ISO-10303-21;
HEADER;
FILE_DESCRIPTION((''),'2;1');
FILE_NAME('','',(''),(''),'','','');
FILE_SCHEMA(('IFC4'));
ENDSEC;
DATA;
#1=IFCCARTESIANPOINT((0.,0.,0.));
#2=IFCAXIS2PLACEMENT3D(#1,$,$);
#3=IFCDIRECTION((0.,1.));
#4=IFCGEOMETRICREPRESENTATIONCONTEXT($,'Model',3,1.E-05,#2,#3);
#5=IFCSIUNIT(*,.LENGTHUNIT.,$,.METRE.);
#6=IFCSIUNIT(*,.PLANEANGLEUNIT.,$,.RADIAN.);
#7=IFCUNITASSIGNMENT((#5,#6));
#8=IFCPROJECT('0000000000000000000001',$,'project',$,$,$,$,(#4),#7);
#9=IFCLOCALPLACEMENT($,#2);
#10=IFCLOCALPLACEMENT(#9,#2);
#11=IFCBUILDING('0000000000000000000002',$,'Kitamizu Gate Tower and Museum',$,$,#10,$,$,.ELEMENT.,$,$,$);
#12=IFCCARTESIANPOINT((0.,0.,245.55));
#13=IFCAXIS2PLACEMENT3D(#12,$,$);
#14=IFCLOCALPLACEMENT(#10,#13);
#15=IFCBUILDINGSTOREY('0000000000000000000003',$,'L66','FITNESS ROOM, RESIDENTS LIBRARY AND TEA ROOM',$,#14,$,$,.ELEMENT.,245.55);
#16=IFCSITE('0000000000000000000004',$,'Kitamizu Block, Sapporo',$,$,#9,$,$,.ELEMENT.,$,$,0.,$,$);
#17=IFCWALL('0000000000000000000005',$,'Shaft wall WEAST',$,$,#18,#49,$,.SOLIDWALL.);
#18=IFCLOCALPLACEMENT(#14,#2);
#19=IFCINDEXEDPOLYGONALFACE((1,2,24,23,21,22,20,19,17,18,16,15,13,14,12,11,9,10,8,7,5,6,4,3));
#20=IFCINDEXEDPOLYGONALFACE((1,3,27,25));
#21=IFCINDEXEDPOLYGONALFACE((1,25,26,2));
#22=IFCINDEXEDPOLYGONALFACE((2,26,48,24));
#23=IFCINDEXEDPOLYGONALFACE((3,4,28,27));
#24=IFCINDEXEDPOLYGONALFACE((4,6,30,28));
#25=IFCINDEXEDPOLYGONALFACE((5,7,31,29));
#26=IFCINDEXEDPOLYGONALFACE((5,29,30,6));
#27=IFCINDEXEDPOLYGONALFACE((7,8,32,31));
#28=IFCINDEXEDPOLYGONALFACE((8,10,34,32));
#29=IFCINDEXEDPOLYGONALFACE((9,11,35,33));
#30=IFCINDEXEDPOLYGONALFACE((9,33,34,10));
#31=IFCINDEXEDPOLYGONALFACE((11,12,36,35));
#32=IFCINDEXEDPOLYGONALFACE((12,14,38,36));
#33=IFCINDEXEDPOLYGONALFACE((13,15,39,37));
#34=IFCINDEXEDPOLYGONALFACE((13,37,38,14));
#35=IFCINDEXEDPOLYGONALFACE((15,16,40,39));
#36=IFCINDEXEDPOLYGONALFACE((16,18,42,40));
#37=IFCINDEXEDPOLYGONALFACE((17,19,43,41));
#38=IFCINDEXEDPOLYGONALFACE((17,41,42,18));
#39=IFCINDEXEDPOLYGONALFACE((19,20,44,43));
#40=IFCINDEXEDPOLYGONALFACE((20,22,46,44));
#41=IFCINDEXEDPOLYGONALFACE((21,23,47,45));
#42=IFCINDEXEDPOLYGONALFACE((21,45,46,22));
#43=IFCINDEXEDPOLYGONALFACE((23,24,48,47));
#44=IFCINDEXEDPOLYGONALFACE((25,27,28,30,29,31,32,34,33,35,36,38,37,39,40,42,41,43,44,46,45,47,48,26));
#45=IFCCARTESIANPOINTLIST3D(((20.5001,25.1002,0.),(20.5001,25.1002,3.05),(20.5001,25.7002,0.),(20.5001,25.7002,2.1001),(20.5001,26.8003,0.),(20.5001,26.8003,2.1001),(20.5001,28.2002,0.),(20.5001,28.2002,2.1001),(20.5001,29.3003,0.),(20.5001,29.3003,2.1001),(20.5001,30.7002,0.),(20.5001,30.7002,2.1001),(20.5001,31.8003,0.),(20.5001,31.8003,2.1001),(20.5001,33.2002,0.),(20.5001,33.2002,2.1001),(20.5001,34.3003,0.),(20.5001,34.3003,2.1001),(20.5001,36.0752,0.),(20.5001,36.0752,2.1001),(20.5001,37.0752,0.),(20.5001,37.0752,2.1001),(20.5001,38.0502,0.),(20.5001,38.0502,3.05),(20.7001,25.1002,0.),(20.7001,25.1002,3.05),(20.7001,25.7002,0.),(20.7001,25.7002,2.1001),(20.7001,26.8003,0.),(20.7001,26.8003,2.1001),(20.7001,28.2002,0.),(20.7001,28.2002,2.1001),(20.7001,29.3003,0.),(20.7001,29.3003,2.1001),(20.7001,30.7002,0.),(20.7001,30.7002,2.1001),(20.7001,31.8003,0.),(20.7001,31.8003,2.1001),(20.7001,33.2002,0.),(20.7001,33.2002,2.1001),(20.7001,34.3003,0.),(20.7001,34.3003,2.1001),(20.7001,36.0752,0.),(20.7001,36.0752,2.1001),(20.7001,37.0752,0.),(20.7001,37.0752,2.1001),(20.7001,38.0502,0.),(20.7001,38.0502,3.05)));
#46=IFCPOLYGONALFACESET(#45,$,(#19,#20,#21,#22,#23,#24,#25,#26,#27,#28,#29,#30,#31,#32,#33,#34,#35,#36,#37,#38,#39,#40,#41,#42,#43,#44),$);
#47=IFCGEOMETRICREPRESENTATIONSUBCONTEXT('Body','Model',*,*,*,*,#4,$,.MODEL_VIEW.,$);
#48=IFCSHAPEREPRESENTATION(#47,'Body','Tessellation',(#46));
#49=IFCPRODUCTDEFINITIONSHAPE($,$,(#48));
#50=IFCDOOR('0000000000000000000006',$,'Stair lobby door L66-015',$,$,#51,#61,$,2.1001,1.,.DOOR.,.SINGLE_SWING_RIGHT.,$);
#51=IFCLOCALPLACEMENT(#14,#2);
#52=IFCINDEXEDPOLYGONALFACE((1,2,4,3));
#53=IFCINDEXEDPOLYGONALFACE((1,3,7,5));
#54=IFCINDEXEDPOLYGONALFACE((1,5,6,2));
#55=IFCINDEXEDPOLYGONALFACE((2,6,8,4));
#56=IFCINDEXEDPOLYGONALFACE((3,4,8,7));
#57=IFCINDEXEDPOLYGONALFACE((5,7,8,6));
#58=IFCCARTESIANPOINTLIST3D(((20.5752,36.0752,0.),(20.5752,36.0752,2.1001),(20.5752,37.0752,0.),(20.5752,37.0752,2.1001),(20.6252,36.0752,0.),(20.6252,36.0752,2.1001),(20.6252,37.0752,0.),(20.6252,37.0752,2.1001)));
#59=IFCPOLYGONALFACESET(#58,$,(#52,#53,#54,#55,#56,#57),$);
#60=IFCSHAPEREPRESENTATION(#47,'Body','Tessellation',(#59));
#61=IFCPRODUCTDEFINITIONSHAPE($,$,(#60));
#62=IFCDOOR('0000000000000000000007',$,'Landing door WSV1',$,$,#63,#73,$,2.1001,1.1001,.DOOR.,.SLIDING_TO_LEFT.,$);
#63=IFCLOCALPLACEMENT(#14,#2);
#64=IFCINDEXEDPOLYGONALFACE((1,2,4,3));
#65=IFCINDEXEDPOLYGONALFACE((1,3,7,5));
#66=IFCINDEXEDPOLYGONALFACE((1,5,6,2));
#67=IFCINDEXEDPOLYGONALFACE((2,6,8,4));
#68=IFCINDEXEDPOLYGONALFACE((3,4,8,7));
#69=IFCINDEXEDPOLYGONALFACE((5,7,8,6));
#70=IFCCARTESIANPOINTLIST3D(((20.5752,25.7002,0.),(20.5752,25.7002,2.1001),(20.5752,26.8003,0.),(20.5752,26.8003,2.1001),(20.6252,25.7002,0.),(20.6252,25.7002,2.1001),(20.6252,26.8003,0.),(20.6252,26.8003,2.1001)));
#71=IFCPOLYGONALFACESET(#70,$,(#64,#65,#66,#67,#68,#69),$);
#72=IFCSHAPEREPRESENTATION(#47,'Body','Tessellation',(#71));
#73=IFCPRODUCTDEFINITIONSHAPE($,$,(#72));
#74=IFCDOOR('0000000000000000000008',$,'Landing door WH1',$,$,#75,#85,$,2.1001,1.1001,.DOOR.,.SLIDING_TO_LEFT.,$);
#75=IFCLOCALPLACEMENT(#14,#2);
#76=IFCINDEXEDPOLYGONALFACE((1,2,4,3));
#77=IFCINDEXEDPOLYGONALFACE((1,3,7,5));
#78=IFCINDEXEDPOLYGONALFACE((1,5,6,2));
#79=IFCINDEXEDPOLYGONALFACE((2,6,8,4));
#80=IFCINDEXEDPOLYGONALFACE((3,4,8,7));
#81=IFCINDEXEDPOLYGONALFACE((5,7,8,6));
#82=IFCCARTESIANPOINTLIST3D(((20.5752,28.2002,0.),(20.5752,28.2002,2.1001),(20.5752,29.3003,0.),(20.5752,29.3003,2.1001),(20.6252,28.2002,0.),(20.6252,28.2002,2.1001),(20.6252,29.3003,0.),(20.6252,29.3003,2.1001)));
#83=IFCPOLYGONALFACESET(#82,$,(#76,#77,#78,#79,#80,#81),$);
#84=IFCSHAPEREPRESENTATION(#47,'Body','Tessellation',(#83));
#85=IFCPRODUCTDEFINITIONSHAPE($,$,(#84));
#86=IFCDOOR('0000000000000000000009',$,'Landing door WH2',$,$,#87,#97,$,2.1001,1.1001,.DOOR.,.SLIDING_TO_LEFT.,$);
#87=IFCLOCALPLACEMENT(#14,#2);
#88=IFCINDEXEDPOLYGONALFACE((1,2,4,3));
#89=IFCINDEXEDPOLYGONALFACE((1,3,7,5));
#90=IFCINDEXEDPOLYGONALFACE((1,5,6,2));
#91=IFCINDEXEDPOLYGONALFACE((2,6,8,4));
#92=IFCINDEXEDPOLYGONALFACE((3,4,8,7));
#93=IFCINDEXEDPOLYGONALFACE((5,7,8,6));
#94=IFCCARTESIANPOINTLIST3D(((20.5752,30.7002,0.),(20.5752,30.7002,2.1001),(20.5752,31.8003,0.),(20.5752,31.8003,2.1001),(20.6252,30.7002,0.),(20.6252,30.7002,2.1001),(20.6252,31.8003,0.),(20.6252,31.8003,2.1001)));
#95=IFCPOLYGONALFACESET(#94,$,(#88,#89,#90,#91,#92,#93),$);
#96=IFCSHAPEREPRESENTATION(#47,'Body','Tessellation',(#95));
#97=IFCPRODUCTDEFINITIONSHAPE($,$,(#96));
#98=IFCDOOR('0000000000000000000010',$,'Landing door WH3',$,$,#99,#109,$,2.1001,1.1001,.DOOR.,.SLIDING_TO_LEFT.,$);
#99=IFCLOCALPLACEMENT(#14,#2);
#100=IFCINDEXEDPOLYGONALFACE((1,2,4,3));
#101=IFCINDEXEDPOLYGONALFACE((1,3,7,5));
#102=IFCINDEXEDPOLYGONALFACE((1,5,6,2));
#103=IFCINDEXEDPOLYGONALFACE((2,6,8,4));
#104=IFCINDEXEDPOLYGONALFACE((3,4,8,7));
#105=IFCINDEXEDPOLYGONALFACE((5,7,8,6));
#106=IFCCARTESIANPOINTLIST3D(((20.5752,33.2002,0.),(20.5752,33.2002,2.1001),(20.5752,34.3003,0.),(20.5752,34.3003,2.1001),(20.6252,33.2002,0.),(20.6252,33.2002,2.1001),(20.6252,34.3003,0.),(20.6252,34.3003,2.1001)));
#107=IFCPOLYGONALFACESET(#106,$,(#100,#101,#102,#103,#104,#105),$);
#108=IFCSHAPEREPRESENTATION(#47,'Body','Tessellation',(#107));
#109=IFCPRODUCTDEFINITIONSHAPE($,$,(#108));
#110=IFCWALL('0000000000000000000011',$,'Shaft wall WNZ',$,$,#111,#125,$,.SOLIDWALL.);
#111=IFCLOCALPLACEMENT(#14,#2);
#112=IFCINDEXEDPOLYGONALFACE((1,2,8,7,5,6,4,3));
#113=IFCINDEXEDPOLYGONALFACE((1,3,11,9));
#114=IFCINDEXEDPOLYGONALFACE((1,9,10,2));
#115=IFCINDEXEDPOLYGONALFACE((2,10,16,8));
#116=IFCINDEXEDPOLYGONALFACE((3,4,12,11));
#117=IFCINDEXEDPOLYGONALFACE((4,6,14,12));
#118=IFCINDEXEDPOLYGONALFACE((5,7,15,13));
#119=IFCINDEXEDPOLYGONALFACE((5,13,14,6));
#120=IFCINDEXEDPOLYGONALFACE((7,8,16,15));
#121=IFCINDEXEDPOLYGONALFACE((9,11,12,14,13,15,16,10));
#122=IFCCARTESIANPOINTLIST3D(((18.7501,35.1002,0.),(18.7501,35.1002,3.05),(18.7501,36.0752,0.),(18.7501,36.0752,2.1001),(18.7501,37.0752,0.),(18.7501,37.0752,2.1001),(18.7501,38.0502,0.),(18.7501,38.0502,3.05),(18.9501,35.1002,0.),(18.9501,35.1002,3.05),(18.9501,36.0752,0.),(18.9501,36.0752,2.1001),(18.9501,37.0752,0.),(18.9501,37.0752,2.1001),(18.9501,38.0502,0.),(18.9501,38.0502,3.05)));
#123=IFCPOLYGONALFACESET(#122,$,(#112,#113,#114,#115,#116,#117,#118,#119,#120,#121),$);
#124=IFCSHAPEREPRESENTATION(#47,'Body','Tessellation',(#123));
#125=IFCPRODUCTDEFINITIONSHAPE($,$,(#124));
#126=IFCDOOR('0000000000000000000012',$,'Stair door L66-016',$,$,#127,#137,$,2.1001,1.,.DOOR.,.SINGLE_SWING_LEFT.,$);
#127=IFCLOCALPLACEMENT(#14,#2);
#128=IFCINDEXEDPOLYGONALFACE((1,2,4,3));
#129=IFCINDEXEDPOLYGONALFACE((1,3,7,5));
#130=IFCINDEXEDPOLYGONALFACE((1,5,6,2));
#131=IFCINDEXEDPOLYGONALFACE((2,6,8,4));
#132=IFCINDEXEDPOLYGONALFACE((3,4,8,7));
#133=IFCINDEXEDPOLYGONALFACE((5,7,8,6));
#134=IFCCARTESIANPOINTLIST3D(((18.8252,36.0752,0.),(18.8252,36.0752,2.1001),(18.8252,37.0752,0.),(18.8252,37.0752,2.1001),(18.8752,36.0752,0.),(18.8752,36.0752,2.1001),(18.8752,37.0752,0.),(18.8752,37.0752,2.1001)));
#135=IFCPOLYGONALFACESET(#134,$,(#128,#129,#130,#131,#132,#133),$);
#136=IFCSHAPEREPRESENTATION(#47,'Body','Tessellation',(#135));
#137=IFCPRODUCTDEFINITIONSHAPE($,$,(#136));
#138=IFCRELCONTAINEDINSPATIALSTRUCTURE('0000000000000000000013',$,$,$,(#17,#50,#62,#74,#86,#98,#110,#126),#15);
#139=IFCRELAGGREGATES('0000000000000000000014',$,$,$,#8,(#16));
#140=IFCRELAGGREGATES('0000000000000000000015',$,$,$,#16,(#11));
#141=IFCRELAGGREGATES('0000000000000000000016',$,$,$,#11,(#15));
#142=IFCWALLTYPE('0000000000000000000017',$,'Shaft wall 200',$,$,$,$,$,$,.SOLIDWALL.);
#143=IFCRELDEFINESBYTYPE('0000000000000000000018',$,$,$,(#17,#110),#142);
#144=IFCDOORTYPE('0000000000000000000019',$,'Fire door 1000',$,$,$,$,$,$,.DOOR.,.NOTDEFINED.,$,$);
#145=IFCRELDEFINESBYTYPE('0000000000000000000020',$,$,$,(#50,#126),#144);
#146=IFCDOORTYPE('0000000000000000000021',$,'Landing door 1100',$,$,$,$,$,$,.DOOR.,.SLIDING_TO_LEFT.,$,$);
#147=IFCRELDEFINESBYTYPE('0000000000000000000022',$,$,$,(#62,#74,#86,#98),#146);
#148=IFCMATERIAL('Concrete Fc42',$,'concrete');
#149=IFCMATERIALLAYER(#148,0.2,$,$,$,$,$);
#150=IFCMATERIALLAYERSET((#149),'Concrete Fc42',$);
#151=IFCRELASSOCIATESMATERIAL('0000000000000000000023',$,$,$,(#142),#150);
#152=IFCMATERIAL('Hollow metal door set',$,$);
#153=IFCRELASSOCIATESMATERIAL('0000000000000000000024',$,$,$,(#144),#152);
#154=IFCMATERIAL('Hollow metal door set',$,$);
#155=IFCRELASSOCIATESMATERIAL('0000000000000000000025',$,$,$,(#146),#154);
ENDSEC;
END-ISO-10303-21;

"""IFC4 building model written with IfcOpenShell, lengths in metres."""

from ifc_helpers import new_model, si_unit, direction, frame, frame_2d, origin, place, context, subcontext, project, spatial, rectangle, extrude, material, layer, layer_set, type_object, element, fill, save


model = new_model("IFC4")

# Units and contexts
model_context = context("Model", 3, precision=1e-05, world=origin(), true_north=direction((0.0, 1.0)))
body_context = subcontext(model_context, "Body", "Model", "MODEL_VIEW")
ifc_project = project(units=[si_unit("LENGTHUNIT", "METRE"), si_unit("PLANEANGLEUNIT", "RADIAN")], contexts=[model_context])

# Site, building, storey
site_placement = place(None, origin())
site = spatial("IfcSite", under=ifc_project, at=site_placement, Name="Kitamizu Block, Sapporo", CompositionType="ELEMENT", RefElevation=0.0)
building_placement = place(site_placement, origin())
building = spatial("IfcBuilding", under=site, at=building_placement, Name="Kitamizu Gate Tower and Museum", CompositionType="ELEMENT")
storey_placement = place(building_placement, frame((0.0, 0.0, 245.55)))
storey = spatial("IfcBuildingStorey", under=building, at=storey_placement, Name="L66", Description="FITNESS ROOM, RESIDENTS LIBRARY AND TEA ROOM", CompositionType="ELEMENT", Elevation=245.55)

# Wall, openings, doors
ifc_material_1 = material(Name="Concrete Fc42", Category="concrete")
ifc_layer_1 = layer(ifc_material_1, 0.2)
ifc_layer_set_1 = layer_set([ifc_layer_1], Name="Concrete Fc42")
wall_type_1 = type_object("IfcWallType", Name="Shaft wall 200", PredefinedType="SOLIDWALL", material=ifc_layer_set_1)
wall_1_placement = place(storey_placement, frame((20.6001, 25.1001, 0.0), z_axis=(0.0, 0.0, 1.0), x_axis=(0.0, 1.0, 0.0)))
wall_1 = element("IfcWall", 1, at=wall_1_placement, inside=storey, type_object=wall_type_1, Name="Shaft wall WEAST", PredefinedType="SOLIDWALL", context=body_context, shape_type="SweptSolid", body=[
    extrude(rectangle(XDim=12.95, YDim=0.2, at=frame_2d((6.4751, 0.0))), origin(), (0.0, 0.0, 1.0), 3.05),
])
opening_1_placement = place(wall_1_placement, frame((0.6001, 0.0, 0.0)))
opening_1 = element("IfcOpeningElement", 2, at=opening_1_placement, cuts=wall_1, PredefinedType="OPENING", context=body_context, shape_type="SweptSolid", body=[
    extrude(rectangle(XDim=1.1001, YDim=2.1001, at=frame_2d((0.55, 1.05))), frame((0.0, 0.1099, 0.0), z_axis=(0.0, -1.0, 0.0), x_axis=(1.0, 0.0, 0.0)), (0.0, 0.0, 1.0), 0.22),
])
opening_2_placement = place(wall_1_placement, frame((3.1001, 0.0, 0.0)))
opening_2 = element("IfcOpeningElement", 3, at=opening_2_placement, cuts=wall_1, PredefinedType="OPENING", context=body_context, shape_type="SweptSolid", body=[
    extrude(rectangle(XDim=1.1001, YDim=2.1001, at=frame_2d((0.55, 1.05))), frame((0.0, 0.1099, 0.0), z_axis=(0.0, -1.0, 0.0), x_axis=(1.0, 0.0, 0.0)), (0.0, 0.0, 1.0), 0.22),
])
opening_3_placement = place(wall_1_placement, frame((5.6001, 0.0, 0.0)))
opening_3 = element("IfcOpeningElement", 4, at=opening_3_placement, cuts=wall_1, PredefinedType="OPENING", context=body_context, shape_type="SweptSolid", body=[
    extrude(rectangle(XDim=1.1001, YDim=2.1001, at=frame_2d((0.55, 1.05))), frame((0.0, 0.1099, 0.0), z_axis=(0.0, -1.0, 0.0), x_axis=(1.0, 0.0, 0.0)), (0.0, 0.0, 1.0), 0.22),
])
opening_4_placement = place(wall_1_placement, frame((8.1001, 0.0, 0.0)))
opening_4 = element("IfcOpeningElement", 5, at=opening_4_placement, cuts=wall_1, PredefinedType="OPENING", context=body_context, shape_type="SweptSolid", body=[
    extrude(rectangle(XDim=1.1001, YDim=2.1001, at=frame_2d((0.55, 1.05))), frame((0.0, 0.1099, 0.0), z_axis=(0.0, -1.0, 0.0), x_axis=(1.0, 0.0, 0.0)), (0.0, 0.0, 1.0), 0.22),
])
opening_5_placement = place(wall_1_placement, frame((10.9751, 0.0, 0.0)))
opening_5 = element("IfcOpeningElement", 6, at=opening_5_placement, cuts=wall_1, PredefinedType="OPENING", context=body_context, shape_type="SweptSolid", body=[
    extrude(rectangle(XDim=1.0, YDim=2.1001, at=frame_2d((0.5, 1.05))), frame((0.0, 0.1099, 0.0), z_axis=(0.0, -1.0, 0.0), x_axis=(1.0, 0.0, 0.0)), (0.0, 0.0, 1.0), 0.22),
])
ifc_material_2 = material(Name="Hollow metal door set")
door_type_1 = type_object("IfcDoorType", Name="Fire door 1000", OperationType="NOTDEFINED", PredefinedType="DOOR", material=ifc_material_2)
door_1_placement = place(opening_5_placement, origin())
door_1 = element("IfcDoor", 7, at=door_1_placement, inside=storey, type_object=door_type_1, Name="Stair lobby door L66-015", OperationType="SINGLE_SWING_RIGHT", OverallHeight=2.1001, OverallWidth=1.0, PredefinedType="DOOR", context=body_context, shape_type="SweptSolid", body=[
    extrude(rectangle(XDim=1.0, YDim=2.1001, at=frame_2d((0.5, 1.05))), frame((0.0, 0.0249, 0.0), z_axis=(0.0, -1.0, 0.0), x_axis=(1.0, 0.0, 0.0)), (0.0, 0.0, 1.0), 0.05),
])
fill(opening_5, door_1)
ifc_material_3 = material(Name="Hollow metal door set")
door_type_2 = type_object("IfcDoorType", Name="Landing door 1100", OperationType="SLIDING_TO_LEFT", PredefinedType="DOOR", material=ifc_material_3)
door_2_placement = place(opening_1_placement, origin())
door_2 = element("IfcDoor", 8, at=door_2_placement, inside=storey, type_object=door_type_2, Name="Landing door WSV1", OperationType="SLIDING_TO_LEFT", OverallHeight=2.1001, OverallWidth=1.1001, PredefinedType="DOOR", context=body_context, shape_type="SweptSolid", body=[
    extrude(rectangle(XDim=1.1001, YDim=2.1001, at=frame_2d((0.55, 1.05))), frame((0.0, 0.0249, 0.0), z_axis=(0.0, -1.0, 0.0), x_axis=(1.0, 0.0, 0.0)), (0.0, 0.0, 1.0), 0.05),
])
fill(opening_1, door_2)
door_3_placement = place(opening_2_placement, origin())
door_3 = element("IfcDoor", 9, at=door_3_placement, inside=storey, type_object=door_type_2, Name="Landing door WH1", OperationType="SLIDING_TO_LEFT", OverallHeight=2.1001, OverallWidth=1.1001, PredefinedType="DOOR", context=body_context, shape_type="SweptSolid", body=[
    extrude(rectangle(XDim=1.1001, YDim=2.1001, at=frame_2d((0.55, 1.05))), frame((0.0, 0.0249, 0.0), z_axis=(0.0, -1.0, 0.0), x_axis=(1.0, 0.0, 0.0)), (0.0, 0.0, 1.0), 0.05),
])
fill(opening_2, door_3)
door_4_placement = place(opening_3_placement, origin())
door_4 = element("IfcDoor", 10, at=door_4_placement, inside=storey, type_object=door_type_2, Name="Landing door WH2", OperationType="SLIDING_TO_LEFT", OverallHeight=2.1001, OverallWidth=1.1001, PredefinedType="DOOR", context=body_context, shape_type="SweptSolid", body=[
    extrude(rectangle(XDim=1.1001, YDim=2.1001, at=frame_2d((0.55, 1.05))), frame((0.0, 0.0249, 0.0), z_axis=(0.0, -1.0, 0.0), x_axis=(1.0, 0.0, 0.0)), (0.0, 0.0, 1.0), 0.05),
])
fill(opening_3, door_4)
door_5_placement = place(opening_4_placement, origin())
door_5 = element("IfcDoor", 11, at=door_5_placement, inside=storey, type_object=door_type_2, Name="Landing door WH3", OperationType="SLIDING_TO_LEFT", OverallHeight=2.1001, OverallWidth=1.1001, PredefinedType="DOOR", context=body_context, shape_type="SweptSolid", body=[
    extrude(rectangle(XDim=1.1001, YDim=2.1001, at=frame_2d((0.55, 1.05))), frame((0.0, 0.0249, 0.0), z_axis=(0.0, -1.0, 0.0), x_axis=(1.0, 0.0, 0.0)), (0.0, 0.0, 1.0), 0.05),
])
fill(opening_4, door_5)

# Wall, opening, door
wall_2_placement = place(storey_placement, frame((18.8501, 35.1001, 0.0), z_axis=(0.0, 0.0, 1.0), x_axis=(0.0, 1.0, 0.0)))
wall_2 = element("IfcWall", 12, at=wall_2_placement, inside=storey, type_object=wall_type_1, Name="Shaft wall WNZ", PredefinedType="SOLIDWALL", context=body_context, shape_type="SweptSolid", body=[
    extrude(rectangle(XDim=2.95, YDim=0.2, at=frame_2d((1.4751, 0.0))), origin(), (0.0, 0.0, 1.0), 3.05),
])
opening_6_placement = place(wall_2_placement, frame((0.9751, 0.0, 0.0)))
opening_6 = element("IfcOpeningElement", 13, at=opening_6_placement, cuts=wall_2, PredefinedType="OPENING", context=body_context, shape_type="SweptSolid", body=[
    extrude(rectangle(XDim=1.0, YDim=2.1001, at=frame_2d((0.5, 1.05))), frame((0.0, 0.1099, 0.0), z_axis=(0.0, -1.0, 0.0), x_axis=(1.0, 0.0, 0.0)), (0.0, 0.0, 1.0), 0.22),
])
door_6_placement = place(opening_6_placement, origin())
door_6 = element("IfcDoor", 14, at=door_6_placement, inside=storey, type_object=door_type_1, Name="Stair door L66-016", OperationType="SINGLE_SWING_LEFT", OverallHeight=2.1001, OverallWidth=1.0, PredefinedType="DOOR", context=body_context, shape_type="SweptSolid", body=[
    extrude(rectangle(XDim=1.0, YDim=2.1001, at=frame_2d((0.5, 1.05))), frame((0.0, 0.0249, 0.0), z_axis=(0.0, -1.0, 0.0), x_axis=(1.0, 0.0, 0.0)), (0.0, 0.0, 1.0), 0.05),
])
fill(opening_6, door_6)

save(model, "model.ifc")
